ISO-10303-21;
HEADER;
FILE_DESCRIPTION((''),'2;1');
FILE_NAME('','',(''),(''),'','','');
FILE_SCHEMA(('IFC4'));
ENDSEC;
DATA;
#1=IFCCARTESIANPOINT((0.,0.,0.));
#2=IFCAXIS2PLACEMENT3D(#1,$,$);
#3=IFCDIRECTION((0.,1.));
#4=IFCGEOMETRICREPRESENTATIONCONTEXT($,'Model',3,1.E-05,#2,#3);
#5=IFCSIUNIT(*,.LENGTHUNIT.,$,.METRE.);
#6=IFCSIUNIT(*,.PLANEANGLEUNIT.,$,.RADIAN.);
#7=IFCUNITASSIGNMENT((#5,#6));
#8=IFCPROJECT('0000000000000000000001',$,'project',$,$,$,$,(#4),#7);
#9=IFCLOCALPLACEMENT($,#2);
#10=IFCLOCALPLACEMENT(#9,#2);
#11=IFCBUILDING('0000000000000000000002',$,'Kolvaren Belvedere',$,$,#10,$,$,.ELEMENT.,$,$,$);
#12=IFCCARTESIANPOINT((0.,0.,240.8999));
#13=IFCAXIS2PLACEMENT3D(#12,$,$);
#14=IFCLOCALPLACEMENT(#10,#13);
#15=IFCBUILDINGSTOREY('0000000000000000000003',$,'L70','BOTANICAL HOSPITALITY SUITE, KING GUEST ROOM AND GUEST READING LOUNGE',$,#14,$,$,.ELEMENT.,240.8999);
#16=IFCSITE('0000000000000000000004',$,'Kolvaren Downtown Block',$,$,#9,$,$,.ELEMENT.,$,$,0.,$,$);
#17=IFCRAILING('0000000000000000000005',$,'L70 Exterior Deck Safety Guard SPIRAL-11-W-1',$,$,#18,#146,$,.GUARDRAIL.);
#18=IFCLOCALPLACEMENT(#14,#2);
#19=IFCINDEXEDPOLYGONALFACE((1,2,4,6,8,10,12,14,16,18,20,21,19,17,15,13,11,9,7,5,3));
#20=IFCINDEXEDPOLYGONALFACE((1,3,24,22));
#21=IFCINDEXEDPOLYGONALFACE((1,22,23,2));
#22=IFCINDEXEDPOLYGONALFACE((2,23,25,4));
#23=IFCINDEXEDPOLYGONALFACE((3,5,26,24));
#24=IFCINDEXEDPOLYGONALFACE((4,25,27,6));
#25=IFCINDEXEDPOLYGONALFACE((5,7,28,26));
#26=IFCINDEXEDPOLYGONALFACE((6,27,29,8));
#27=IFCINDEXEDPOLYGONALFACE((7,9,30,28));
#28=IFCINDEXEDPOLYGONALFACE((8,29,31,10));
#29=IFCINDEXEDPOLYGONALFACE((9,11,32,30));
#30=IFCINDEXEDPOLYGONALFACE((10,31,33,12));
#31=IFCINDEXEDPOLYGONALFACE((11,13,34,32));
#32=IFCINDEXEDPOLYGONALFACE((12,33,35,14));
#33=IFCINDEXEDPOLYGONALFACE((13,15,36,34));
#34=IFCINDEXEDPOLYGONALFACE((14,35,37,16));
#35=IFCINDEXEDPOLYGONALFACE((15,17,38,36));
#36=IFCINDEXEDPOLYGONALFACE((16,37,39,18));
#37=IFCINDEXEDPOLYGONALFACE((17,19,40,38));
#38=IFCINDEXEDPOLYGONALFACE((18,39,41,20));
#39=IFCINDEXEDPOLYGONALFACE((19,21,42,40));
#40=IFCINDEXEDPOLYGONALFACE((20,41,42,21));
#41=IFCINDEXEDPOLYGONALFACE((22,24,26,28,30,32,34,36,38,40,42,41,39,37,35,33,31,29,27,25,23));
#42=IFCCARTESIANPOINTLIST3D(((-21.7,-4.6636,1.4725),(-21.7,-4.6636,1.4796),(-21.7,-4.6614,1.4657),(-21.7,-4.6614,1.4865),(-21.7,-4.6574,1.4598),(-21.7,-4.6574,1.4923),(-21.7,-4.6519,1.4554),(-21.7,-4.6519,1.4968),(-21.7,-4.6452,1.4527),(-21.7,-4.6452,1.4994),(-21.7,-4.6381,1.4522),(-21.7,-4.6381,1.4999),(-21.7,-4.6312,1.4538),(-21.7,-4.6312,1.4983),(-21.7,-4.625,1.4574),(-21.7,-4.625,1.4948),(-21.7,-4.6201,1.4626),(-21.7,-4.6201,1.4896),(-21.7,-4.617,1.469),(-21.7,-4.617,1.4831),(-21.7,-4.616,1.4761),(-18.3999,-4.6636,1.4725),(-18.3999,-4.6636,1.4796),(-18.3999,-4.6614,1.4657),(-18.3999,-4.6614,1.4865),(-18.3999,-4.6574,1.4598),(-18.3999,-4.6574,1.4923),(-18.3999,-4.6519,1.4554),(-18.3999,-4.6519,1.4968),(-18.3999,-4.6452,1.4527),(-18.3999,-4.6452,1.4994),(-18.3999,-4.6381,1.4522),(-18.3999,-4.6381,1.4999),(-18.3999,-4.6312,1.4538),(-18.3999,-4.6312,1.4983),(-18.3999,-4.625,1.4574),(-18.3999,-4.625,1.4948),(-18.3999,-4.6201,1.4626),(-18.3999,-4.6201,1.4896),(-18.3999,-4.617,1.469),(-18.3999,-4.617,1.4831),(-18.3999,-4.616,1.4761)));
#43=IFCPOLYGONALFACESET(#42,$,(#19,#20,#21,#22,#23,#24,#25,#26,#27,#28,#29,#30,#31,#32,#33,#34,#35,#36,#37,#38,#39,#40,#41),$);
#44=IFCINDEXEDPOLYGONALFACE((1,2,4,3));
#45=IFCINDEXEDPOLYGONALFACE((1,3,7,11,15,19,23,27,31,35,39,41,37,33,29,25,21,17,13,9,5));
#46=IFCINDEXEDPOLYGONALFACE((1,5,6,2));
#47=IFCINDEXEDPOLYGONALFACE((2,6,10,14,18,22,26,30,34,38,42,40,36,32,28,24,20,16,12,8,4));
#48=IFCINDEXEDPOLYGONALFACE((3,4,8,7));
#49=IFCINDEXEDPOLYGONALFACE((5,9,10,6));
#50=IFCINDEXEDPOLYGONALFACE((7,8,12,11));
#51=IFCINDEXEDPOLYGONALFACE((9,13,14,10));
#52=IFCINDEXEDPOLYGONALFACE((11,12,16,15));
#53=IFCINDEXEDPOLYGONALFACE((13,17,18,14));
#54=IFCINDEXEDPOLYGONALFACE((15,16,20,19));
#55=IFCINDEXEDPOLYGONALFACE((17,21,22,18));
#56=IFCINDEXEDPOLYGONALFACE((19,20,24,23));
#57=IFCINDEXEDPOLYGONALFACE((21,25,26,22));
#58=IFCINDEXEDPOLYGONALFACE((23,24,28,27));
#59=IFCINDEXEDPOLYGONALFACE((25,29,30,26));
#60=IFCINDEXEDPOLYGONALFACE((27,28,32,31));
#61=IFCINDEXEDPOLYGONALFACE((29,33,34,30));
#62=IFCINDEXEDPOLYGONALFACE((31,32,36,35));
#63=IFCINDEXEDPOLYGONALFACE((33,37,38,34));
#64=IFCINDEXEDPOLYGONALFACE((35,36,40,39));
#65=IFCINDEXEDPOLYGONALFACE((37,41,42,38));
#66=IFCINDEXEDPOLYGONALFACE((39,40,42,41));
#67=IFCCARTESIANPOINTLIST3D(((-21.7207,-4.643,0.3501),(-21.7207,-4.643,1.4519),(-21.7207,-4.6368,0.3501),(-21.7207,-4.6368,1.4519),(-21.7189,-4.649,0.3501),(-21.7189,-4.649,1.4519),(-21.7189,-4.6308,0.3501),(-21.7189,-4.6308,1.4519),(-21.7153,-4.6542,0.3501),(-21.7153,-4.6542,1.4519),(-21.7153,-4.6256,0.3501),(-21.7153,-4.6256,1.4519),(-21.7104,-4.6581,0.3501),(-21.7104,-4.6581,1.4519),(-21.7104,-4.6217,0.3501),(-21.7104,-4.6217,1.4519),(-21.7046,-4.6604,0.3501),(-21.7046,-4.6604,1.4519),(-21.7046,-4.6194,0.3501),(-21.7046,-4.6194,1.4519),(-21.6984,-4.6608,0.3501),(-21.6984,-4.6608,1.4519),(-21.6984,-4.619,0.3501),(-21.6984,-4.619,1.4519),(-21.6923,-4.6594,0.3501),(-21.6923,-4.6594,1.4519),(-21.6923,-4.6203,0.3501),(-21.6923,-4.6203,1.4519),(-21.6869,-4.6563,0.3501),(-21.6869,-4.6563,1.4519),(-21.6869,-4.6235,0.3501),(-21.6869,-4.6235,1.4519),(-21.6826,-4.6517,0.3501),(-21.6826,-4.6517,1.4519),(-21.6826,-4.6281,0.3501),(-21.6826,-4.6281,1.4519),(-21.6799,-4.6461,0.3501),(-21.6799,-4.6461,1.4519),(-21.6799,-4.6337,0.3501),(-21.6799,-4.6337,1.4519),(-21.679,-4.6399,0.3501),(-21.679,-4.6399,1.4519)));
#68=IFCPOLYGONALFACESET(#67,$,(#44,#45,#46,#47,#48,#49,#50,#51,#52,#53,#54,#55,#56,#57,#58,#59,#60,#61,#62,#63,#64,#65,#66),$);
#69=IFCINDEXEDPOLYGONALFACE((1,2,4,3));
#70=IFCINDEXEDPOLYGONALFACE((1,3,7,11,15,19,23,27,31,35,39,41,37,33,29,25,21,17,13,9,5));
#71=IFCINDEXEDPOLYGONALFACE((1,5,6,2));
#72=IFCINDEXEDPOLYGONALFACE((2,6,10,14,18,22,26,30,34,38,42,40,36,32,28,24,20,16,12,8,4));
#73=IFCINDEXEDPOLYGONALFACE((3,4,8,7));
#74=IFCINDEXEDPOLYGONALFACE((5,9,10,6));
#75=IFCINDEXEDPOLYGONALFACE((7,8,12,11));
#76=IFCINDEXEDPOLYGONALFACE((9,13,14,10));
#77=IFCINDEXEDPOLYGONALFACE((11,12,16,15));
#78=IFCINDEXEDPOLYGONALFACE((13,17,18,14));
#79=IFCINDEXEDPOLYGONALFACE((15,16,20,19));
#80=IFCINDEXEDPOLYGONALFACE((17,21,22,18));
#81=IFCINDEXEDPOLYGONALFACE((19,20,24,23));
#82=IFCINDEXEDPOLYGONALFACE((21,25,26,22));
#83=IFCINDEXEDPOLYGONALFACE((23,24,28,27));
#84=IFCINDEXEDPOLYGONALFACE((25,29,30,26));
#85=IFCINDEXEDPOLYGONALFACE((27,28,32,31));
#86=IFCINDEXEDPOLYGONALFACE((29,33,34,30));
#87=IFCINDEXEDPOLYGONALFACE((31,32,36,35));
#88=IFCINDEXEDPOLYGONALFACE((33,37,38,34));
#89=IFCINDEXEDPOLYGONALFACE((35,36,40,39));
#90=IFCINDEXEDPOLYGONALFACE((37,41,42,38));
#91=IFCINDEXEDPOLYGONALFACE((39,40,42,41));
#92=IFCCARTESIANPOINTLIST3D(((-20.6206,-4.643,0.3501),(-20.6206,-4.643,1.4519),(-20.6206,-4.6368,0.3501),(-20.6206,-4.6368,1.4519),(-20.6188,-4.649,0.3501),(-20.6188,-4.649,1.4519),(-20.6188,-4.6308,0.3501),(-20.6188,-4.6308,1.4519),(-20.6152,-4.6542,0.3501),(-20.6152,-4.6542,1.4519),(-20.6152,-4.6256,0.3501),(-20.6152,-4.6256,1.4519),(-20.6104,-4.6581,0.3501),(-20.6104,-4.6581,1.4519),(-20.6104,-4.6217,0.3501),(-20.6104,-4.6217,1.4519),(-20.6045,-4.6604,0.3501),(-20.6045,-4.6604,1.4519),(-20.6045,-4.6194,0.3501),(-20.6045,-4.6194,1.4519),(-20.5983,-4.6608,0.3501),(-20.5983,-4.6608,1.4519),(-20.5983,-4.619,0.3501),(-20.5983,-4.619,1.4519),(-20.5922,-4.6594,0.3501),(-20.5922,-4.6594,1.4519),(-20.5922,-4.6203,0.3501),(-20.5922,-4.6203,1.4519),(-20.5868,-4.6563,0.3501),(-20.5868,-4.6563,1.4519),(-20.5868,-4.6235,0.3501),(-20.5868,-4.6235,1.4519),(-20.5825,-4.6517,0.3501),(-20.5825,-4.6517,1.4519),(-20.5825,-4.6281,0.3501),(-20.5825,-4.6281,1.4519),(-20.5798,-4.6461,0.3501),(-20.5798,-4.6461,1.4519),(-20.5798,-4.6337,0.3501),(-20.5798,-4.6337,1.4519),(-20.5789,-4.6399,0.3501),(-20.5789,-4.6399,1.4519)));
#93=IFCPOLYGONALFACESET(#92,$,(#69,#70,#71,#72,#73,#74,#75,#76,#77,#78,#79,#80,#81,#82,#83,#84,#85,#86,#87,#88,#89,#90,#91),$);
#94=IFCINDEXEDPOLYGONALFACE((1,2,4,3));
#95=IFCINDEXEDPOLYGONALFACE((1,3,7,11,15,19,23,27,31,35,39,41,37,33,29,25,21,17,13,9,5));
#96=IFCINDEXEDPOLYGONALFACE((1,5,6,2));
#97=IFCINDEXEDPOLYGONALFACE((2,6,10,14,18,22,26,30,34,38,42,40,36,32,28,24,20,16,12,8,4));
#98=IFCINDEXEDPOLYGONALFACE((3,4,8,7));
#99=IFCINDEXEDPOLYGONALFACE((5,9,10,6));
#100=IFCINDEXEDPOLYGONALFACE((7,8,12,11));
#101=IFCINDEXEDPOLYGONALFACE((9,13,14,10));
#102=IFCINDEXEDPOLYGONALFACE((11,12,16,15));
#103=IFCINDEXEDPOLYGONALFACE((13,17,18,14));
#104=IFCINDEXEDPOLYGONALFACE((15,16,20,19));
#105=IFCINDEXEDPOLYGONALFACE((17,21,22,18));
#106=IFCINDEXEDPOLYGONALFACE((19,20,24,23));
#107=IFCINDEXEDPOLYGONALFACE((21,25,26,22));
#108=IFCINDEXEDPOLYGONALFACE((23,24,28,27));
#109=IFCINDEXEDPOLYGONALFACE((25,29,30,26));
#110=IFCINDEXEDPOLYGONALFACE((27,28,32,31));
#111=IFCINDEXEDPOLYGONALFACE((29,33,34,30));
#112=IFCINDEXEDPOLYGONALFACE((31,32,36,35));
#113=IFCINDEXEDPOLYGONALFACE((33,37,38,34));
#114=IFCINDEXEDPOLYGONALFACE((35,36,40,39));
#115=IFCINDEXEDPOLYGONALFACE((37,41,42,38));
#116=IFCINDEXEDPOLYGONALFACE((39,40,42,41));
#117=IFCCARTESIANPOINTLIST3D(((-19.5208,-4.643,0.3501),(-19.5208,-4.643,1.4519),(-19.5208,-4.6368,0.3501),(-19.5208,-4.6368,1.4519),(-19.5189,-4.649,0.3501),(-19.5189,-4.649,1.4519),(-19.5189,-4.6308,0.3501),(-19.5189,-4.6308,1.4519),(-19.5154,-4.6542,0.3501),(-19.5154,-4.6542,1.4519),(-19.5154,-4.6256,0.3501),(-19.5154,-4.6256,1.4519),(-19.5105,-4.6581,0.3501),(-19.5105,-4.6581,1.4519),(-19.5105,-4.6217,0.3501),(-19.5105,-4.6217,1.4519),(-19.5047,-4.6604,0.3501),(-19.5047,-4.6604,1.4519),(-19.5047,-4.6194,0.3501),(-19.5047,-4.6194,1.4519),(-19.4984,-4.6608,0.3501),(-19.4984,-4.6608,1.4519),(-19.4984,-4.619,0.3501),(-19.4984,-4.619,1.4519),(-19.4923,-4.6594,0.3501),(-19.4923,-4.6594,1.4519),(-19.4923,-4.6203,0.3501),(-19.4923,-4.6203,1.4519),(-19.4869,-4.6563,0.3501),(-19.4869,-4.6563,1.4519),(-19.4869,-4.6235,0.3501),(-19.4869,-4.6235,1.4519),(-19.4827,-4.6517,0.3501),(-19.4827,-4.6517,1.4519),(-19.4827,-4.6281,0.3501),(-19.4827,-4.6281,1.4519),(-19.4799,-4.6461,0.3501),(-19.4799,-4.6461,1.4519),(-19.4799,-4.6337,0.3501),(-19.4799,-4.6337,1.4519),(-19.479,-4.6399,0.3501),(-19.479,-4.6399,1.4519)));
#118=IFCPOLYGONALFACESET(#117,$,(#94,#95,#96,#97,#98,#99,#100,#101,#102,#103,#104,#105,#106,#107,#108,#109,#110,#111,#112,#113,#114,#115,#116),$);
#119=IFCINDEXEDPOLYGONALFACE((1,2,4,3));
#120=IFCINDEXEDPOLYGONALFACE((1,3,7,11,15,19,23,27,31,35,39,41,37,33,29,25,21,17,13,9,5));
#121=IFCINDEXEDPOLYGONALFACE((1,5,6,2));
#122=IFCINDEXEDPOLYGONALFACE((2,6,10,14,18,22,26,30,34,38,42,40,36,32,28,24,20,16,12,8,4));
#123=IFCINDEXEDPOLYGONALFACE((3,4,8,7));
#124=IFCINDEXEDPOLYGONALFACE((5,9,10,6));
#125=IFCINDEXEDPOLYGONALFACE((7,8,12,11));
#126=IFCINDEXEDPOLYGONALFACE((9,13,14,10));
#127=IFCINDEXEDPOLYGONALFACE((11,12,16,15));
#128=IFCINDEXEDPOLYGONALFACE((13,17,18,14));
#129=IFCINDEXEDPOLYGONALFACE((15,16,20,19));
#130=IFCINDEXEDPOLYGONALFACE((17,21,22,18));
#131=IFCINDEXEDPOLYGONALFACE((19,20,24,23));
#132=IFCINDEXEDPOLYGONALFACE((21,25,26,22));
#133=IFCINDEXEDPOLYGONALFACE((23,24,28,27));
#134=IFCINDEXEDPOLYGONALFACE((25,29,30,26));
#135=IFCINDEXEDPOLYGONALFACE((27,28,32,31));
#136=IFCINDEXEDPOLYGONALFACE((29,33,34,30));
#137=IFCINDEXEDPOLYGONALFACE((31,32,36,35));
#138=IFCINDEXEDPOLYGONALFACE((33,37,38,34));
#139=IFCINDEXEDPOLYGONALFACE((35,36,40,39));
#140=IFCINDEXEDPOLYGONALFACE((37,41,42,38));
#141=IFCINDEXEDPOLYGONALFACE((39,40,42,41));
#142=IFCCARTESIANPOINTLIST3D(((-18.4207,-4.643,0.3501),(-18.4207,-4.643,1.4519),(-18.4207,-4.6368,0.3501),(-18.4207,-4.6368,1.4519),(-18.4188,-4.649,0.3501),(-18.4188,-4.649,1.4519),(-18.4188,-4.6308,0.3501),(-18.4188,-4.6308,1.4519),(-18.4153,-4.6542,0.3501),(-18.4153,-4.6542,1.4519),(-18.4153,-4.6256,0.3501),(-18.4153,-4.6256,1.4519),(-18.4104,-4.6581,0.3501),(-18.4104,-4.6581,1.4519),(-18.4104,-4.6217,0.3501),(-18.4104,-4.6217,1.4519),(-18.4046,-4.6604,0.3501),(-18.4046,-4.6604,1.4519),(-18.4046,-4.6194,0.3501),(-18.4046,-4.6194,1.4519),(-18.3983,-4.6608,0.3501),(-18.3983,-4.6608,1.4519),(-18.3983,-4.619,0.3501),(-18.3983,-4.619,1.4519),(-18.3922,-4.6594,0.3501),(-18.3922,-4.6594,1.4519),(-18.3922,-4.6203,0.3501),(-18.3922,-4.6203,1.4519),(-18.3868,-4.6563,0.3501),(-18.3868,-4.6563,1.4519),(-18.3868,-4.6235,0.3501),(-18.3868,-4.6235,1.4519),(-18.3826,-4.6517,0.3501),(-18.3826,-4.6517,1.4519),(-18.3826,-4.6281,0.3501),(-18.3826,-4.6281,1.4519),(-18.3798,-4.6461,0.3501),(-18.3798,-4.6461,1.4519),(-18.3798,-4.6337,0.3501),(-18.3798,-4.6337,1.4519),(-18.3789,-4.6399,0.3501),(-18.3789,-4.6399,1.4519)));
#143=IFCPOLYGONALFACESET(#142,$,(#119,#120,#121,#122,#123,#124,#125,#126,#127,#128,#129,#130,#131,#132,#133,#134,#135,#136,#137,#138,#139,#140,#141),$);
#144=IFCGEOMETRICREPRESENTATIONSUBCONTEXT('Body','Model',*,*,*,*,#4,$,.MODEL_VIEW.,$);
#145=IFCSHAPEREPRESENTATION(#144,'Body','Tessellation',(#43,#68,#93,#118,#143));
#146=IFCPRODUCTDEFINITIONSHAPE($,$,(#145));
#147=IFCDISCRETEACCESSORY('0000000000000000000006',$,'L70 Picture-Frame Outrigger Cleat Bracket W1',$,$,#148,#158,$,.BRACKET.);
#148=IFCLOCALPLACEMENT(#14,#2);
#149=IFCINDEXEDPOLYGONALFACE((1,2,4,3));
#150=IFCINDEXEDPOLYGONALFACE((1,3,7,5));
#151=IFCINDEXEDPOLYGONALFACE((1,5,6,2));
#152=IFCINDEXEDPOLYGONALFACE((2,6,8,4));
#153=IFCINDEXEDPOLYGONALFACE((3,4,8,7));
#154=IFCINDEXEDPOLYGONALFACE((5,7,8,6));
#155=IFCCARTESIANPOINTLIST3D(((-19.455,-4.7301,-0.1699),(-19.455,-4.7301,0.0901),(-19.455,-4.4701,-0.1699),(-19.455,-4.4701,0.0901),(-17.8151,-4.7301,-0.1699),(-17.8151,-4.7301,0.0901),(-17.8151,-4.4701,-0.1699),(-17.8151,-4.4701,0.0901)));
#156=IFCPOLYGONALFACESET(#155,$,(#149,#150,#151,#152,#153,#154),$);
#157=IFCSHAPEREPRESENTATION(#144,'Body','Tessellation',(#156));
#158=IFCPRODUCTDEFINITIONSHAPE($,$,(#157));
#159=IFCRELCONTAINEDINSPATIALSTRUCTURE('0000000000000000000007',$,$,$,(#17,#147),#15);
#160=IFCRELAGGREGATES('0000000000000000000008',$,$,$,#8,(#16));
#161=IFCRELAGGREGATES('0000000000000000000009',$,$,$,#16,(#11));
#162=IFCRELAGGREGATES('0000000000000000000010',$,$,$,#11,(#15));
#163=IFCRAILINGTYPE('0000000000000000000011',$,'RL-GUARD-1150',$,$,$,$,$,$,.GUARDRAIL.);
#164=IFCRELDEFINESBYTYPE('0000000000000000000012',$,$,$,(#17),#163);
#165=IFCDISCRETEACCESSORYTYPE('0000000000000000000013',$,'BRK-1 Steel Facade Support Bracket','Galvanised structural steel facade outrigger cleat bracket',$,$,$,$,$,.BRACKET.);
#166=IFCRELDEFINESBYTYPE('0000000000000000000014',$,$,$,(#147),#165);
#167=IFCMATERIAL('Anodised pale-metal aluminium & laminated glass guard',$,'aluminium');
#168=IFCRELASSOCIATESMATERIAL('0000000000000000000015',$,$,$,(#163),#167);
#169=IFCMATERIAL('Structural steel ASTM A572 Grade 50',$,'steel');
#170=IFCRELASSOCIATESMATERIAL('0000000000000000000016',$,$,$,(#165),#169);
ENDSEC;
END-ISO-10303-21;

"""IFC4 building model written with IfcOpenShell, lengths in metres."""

from ifc_helpers import new_model, si_unit, direction, frame, origin, origin_2d, place, context, subcontext, project, spatial, rectangle, circle, extrude, material, type_object, element, save


model = new_model("IFC4")

# Units and contexts
model_context = context("Model", 3, precision=1e-05, world=origin(), true_north=direction((0.0, 1.0)))
body_context = subcontext(model_context, "Body", "Model", "MODEL_VIEW")
ifc_project = project(units=[si_unit("LENGTHUNIT", "METRE"), si_unit("PLANEANGLEUNIT", "RADIAN")], contexts=[model_context])

# Site, building, storey
site_placement = place(None, origin())
site = spatial("IfcSite", under=ifc_project, at=site_placement, Name="Kolvaren Downtown Block", CompositionType="ELEMENT", RefElevation=0.0)
building_placement = place(site_placement, origin())
building = spatial("IfcBuilding", under=site, at=building_placement, Name="Kolvaren Belvedere", CompositionType="ELEMENT")
storey_placement = place(building_placement, frame((0.0, 0.0, 240.8999)))
storey = spatial("IfcBuildingStorey", under=building, at=storey_placement, Name="L70", Description="BOTANICAL HOSPITALITY SUITE, KING GUEST ROOM AND GUEST READING LOUNGE", CompositionType="ELEMENT", Elevation=240.8999)

# Railing
ifc_material_1 = material(Name="Anodised pale-metal aluminium & laminated glass guard", Category="aluminium")
railing_type = type_object("IfcRailingType", Name="RL-GUARD-1150", PredefinedType="GUARDRAIL", material=ifc_material_1)
railing_placement = place(storey_placement, frame((-21.7, -4.6399, 0.3501)))
element("IfcRailing", 1, at=railing_placement, inside=storey, type_object=railing_type, Name="L70 Exterior Deck Safety Guard SPIRAL-11-W-1", PredefinedType="GUARDRAIL", context=body_context, shape_type="SweptSolid", body=[
    extrude(circle(Radius=0.0239, at=origin_2d()), frame((0.0, 0.0, 1.126), z_axis=(1.0, 0.0, 0.0), x_axis=(0.0, 1.0, 0.0)), (0.0, 0.0, 1.0), 3.3),
    extrude(circle(Radius=0.021, at=origin_2d()), origin(), (0.0, 0.0, 1.0), 1.1018),
    extrude(circle(Radius=0.021, at=origin_2d()), frame((1.1001, 0.0, 0.0)), (0.0, 0.0, 1.0), 1.1018),
    extrude(circle(Radius=0.021, at=origin_2d()), frame((2.2, 0.0, 0.0)), (0.0, 0.0, 1.0), 1.1018),
    extrude(circle(Radius=0.021, at=origin_2d()), frame((3.3, 0.0, 0.0)), (0.0, 0.0, 1.0), 1.1018),
])

# Discrete accessory
ifc_material_2 = material(Name="Structural steel ASTM A572 Grade 50", Category="steel")
discrete_accessory_type = type_object("IfcDiscreteAccessoryType", Name="BRK-1 Steel Facade Support Bracket", Description="Galvanised structural steel facade outrigger cleat bracket", PredefinedType="BRACKET", material=ifc_material_2)
discrete_accessory_placement = place(storey_placement, frame((-18.635, -4.6001, -0.1699), z_axis=(0.0, 0.0, 1.0), x_axis=(1.0, 0.0, 0.0)))
element("IfcDiscreteAccessory", 2, at=discrete_accessory_placement, inside=storey, type_object=discrete_accessory_type, Name="L70 Picture-Frame Outrigger Cleat Bracket W1", PredefinedType="BRACKET", context=body_context, shape_type="SweptSolid", body=[
    extrude(rectangle(XDim=1.6399, YDim=0.26, at=origin_2d()), origin(), (0.0, 0.0, 1.0), 0.26),
])

save(model, "model.ifc")
